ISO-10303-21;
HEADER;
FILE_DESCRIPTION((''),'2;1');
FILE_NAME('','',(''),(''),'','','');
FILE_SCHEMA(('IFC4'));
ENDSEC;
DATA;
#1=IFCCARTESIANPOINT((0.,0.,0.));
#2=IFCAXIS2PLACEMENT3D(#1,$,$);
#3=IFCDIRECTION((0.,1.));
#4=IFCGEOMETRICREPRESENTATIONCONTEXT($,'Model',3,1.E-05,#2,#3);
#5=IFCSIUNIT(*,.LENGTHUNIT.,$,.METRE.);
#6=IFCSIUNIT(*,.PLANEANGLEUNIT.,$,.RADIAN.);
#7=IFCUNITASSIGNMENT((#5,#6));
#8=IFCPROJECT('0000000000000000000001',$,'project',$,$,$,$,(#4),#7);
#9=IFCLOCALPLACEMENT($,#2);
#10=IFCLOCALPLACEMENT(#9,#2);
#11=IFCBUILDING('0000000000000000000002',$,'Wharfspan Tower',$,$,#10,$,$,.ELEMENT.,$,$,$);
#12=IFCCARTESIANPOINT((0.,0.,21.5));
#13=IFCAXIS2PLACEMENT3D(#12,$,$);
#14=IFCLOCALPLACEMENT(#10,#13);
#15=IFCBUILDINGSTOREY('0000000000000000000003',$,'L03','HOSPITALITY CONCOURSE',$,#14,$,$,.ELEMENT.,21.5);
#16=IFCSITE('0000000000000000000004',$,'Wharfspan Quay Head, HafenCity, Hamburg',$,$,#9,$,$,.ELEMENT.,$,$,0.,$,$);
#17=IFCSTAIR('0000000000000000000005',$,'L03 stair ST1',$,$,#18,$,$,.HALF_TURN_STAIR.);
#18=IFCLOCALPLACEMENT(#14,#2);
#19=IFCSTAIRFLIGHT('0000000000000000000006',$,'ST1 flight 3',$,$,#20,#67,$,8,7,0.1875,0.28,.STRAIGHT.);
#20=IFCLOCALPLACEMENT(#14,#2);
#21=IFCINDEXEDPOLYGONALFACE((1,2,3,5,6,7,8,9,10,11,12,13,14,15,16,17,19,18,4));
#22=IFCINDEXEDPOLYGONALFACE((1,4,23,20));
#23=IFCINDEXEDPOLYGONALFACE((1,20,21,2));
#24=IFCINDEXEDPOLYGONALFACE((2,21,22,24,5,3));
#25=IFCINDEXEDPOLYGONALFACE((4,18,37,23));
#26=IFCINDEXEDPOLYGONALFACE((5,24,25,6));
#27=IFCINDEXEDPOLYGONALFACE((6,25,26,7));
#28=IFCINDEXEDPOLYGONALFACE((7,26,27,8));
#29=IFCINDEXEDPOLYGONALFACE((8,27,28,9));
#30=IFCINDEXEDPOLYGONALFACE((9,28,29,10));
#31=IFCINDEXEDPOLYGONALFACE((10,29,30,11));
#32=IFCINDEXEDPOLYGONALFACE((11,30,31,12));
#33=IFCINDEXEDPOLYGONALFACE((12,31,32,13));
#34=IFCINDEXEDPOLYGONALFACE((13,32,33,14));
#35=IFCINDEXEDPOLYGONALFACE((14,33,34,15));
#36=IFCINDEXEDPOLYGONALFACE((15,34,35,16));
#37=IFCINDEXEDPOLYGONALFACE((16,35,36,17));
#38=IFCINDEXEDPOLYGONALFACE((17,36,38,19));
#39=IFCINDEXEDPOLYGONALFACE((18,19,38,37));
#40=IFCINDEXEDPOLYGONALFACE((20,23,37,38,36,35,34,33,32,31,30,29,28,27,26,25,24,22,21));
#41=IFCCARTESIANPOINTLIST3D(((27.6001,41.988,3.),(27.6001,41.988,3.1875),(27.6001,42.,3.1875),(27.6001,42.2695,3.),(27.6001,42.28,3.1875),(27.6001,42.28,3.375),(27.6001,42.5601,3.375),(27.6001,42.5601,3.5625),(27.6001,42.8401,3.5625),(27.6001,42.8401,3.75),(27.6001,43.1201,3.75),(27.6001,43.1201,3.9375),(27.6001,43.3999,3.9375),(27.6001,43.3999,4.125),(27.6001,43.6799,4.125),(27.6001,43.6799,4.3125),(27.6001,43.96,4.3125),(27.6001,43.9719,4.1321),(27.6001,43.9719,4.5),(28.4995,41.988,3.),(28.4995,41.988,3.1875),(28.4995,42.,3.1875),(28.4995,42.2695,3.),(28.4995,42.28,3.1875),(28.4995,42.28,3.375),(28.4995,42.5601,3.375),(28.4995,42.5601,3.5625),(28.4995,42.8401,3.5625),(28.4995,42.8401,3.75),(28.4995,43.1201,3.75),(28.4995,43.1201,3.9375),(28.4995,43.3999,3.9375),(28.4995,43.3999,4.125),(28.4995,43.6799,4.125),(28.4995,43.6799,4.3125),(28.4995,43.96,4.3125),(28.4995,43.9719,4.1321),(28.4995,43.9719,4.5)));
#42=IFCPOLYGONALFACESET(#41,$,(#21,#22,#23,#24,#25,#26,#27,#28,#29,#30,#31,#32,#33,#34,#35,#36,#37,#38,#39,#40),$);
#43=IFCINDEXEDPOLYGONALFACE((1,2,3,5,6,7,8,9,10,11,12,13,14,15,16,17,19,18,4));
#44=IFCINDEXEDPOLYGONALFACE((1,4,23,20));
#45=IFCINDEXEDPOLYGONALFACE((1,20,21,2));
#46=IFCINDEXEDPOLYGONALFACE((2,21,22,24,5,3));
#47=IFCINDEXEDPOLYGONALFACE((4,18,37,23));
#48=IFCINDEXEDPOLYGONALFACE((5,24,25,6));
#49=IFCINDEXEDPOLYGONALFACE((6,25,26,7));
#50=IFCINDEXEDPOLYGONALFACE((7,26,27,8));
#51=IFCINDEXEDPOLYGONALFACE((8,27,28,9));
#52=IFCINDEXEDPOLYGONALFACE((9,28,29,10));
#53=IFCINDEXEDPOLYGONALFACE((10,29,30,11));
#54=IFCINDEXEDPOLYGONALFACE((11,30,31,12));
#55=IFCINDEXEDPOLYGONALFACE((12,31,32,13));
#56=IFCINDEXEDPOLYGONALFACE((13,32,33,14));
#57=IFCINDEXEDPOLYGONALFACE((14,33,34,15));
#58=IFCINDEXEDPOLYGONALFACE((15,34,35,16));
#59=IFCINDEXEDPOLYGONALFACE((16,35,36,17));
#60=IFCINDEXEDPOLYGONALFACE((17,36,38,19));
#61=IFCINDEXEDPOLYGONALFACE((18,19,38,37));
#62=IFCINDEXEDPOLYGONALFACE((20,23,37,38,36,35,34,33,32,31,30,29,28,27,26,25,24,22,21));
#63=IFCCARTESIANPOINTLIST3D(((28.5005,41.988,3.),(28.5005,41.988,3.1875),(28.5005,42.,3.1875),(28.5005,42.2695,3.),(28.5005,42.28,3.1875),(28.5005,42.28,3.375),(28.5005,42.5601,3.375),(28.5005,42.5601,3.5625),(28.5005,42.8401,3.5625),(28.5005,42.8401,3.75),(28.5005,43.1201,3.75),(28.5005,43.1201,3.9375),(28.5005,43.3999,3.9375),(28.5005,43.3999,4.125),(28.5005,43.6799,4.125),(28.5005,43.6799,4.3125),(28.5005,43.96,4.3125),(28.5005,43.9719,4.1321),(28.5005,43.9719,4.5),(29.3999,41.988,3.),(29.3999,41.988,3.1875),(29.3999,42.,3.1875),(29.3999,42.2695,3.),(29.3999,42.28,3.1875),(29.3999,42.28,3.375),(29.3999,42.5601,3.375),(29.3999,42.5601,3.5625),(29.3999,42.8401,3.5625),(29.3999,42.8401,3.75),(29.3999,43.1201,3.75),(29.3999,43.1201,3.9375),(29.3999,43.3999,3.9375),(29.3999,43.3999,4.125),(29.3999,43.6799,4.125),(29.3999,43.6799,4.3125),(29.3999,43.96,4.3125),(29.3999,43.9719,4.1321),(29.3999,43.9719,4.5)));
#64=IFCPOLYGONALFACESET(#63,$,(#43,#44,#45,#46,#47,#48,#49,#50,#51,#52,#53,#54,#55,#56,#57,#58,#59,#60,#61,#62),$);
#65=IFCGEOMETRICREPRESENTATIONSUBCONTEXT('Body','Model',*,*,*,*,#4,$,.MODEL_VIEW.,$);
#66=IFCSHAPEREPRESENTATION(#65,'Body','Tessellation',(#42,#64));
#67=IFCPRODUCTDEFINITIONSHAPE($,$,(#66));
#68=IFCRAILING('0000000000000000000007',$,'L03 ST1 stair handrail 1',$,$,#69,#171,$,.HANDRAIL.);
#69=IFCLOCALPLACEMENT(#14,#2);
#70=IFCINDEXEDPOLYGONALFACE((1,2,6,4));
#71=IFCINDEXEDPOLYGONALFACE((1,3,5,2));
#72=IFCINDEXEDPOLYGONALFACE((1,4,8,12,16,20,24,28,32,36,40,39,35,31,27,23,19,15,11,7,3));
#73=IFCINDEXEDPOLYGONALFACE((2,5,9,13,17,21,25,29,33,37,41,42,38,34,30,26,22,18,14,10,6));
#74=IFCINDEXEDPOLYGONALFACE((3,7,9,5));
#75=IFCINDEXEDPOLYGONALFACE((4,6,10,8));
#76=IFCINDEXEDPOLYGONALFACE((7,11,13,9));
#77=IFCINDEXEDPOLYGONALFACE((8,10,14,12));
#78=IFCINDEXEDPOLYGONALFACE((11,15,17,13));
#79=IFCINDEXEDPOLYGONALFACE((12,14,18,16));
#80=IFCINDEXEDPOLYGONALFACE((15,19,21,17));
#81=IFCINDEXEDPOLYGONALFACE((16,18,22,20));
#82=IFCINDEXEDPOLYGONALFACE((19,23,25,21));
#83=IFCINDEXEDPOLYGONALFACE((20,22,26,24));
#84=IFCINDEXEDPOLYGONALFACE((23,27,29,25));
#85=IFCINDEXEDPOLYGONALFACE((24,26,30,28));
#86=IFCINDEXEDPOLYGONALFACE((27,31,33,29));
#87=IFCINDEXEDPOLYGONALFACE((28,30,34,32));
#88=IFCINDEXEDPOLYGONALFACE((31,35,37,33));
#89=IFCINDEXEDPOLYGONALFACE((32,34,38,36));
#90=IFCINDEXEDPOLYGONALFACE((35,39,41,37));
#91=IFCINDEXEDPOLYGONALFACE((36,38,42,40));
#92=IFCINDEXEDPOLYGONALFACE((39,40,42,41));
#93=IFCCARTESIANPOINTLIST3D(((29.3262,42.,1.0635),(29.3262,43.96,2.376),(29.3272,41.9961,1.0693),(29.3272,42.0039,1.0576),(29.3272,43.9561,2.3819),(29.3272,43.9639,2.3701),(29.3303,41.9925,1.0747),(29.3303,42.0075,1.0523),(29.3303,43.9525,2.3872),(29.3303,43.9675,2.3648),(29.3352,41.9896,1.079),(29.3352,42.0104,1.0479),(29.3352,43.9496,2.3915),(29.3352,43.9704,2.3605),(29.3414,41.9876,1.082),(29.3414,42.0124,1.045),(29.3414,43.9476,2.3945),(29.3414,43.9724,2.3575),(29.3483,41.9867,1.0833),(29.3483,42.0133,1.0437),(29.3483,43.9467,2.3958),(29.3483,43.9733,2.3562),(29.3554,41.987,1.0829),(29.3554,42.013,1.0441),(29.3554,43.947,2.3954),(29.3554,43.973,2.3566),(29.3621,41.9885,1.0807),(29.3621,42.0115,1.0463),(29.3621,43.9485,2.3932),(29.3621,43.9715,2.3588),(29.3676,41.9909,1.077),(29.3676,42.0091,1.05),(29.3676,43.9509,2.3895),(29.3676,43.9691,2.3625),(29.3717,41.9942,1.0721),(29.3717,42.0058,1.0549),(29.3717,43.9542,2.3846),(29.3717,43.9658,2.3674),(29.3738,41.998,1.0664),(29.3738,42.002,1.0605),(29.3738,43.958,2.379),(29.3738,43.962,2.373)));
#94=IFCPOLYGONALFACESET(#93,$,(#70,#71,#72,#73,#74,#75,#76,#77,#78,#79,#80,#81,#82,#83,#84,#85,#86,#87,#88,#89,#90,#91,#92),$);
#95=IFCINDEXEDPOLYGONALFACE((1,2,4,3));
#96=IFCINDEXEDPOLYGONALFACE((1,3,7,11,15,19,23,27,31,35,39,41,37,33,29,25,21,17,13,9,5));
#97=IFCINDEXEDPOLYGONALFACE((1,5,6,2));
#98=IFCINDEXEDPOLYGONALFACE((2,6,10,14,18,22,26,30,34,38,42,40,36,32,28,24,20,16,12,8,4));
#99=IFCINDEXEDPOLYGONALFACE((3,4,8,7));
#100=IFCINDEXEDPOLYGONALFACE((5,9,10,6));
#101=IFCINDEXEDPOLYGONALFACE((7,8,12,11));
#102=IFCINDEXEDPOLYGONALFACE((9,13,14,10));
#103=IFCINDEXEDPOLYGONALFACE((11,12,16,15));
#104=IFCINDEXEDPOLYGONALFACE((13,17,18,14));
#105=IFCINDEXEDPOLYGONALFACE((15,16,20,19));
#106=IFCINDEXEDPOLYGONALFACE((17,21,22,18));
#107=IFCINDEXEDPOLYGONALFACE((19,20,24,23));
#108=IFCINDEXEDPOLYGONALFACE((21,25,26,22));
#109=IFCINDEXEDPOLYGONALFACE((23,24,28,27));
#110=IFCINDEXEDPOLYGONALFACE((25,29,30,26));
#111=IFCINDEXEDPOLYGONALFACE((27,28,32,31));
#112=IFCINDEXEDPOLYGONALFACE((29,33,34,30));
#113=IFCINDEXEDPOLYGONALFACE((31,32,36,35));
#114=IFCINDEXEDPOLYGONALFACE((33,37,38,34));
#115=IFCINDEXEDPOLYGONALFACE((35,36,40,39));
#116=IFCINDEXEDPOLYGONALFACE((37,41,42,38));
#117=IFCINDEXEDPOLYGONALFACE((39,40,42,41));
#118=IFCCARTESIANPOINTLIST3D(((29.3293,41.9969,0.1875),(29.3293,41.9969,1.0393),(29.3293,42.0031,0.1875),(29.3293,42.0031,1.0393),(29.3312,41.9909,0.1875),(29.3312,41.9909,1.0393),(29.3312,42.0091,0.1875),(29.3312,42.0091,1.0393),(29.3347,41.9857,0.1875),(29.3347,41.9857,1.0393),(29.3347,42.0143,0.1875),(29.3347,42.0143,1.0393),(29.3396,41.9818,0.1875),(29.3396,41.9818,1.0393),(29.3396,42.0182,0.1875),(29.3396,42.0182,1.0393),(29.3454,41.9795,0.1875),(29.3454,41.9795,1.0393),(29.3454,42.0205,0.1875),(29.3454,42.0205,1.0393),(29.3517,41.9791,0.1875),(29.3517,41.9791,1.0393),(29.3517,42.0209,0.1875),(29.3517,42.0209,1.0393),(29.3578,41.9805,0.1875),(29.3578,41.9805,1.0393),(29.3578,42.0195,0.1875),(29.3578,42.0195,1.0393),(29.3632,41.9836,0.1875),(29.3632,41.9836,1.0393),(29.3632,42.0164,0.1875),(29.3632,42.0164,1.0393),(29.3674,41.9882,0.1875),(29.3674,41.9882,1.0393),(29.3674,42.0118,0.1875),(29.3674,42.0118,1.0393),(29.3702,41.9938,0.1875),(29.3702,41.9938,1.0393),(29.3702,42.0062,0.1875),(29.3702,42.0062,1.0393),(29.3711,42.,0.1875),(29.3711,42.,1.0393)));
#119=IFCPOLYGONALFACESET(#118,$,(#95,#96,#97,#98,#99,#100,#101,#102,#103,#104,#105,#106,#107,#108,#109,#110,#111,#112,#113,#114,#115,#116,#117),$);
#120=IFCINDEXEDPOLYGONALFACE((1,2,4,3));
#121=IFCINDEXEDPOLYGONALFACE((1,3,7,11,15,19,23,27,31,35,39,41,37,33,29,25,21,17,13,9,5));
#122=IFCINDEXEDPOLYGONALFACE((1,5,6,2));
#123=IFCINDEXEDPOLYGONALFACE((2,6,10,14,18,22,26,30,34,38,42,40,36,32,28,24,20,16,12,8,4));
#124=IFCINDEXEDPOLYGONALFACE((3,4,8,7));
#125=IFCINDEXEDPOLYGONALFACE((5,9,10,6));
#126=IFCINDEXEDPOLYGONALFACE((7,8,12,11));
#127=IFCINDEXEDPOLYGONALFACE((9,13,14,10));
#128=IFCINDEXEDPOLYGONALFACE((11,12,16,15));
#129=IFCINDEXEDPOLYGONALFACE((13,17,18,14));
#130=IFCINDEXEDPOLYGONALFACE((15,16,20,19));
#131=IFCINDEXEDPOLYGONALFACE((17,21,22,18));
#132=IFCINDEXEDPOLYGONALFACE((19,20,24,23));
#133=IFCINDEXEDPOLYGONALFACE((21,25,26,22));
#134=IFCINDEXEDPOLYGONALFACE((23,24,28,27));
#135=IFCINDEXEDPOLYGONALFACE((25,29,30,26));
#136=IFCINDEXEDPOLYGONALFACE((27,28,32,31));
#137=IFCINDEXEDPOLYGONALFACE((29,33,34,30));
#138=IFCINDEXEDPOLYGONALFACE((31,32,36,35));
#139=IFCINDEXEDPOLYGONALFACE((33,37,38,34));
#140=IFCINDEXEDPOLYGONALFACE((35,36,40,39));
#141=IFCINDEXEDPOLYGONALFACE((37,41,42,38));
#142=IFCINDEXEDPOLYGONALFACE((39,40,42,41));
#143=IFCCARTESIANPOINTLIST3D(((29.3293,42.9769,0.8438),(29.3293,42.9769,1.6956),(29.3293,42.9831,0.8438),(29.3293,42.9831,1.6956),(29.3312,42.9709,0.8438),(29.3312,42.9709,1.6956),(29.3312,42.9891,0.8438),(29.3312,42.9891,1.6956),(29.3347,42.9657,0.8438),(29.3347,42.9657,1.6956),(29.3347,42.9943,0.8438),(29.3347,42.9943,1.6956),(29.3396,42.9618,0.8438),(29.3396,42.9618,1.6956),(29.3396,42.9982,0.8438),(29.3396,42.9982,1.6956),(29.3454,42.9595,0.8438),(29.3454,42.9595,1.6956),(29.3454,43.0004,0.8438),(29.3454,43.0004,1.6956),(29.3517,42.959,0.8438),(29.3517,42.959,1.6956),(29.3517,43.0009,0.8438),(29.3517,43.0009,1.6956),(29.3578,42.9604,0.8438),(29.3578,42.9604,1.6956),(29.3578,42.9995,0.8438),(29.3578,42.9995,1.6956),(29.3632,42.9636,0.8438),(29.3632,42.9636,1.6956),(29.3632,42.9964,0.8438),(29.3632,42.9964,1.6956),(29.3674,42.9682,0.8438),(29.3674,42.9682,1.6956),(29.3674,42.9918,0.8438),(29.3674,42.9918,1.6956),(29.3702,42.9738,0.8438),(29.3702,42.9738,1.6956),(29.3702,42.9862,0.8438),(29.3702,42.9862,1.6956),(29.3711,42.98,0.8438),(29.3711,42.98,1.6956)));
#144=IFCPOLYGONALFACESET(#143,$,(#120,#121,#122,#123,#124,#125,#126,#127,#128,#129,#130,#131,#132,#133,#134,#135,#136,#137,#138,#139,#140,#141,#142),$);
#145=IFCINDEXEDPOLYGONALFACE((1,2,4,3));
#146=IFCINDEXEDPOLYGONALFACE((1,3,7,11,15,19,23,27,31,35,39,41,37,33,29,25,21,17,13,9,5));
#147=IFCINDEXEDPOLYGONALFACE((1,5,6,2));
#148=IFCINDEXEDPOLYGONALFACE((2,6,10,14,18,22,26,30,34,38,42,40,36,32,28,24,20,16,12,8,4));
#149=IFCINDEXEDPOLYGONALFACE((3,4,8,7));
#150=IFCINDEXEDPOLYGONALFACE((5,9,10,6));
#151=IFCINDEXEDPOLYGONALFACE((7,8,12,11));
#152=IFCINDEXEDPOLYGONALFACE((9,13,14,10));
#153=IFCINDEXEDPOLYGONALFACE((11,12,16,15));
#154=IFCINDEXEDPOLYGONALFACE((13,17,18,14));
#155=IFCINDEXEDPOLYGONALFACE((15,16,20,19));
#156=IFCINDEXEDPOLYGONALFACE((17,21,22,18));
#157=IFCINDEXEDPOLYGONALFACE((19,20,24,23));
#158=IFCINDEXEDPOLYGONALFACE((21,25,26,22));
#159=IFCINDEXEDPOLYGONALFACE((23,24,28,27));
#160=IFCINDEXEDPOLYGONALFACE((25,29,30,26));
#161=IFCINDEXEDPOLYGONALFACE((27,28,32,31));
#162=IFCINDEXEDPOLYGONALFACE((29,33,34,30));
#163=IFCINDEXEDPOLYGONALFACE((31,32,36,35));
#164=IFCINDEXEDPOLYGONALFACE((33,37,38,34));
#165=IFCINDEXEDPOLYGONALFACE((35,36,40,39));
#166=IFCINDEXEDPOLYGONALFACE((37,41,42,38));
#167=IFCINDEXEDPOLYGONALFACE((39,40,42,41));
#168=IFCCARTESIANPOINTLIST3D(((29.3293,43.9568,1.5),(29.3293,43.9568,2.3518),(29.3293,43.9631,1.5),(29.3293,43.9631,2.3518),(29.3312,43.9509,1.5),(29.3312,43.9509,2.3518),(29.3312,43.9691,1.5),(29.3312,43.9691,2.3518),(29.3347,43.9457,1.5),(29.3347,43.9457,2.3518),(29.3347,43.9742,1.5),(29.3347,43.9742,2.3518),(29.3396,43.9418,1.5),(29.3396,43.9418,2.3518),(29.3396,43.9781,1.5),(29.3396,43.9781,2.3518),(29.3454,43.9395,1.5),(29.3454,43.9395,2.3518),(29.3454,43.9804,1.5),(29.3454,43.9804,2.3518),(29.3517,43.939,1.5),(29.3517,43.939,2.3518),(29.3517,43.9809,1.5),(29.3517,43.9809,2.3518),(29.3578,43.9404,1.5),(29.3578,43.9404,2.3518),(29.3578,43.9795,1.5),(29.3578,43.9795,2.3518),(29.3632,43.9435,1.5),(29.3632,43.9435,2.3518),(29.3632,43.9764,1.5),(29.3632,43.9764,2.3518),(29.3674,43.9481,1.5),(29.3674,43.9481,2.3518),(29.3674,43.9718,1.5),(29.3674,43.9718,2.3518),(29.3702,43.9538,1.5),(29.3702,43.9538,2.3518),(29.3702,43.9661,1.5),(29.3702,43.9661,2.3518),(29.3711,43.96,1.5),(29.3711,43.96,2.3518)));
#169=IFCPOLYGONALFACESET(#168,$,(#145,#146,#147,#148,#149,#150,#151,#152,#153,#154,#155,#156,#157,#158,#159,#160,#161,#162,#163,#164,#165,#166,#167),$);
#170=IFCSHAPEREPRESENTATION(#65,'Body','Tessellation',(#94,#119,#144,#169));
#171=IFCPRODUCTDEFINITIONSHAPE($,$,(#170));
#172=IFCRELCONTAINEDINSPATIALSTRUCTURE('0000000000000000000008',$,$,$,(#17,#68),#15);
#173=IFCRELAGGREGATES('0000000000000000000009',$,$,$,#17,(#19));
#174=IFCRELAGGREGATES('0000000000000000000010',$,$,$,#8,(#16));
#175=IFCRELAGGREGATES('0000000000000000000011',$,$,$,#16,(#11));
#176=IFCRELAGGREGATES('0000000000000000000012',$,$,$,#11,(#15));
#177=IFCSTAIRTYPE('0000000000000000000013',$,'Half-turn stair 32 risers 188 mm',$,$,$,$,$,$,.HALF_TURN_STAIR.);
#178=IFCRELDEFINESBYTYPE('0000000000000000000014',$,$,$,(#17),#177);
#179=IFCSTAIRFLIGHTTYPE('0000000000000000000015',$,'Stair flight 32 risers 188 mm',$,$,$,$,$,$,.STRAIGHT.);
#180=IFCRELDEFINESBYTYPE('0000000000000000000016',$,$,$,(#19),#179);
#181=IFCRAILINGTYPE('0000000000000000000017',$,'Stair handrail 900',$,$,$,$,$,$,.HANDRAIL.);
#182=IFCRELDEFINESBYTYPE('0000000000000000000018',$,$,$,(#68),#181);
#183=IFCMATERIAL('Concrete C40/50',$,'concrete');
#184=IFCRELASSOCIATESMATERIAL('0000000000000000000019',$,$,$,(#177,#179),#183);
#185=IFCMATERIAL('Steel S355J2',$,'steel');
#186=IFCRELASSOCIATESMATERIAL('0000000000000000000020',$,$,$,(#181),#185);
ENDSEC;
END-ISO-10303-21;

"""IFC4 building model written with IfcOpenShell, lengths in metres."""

from ifc_helpers import new_model, si_unit, direction, frame, origin, origin_2d, place, context, subcontext, project, spatial, polyline, circle, outline, extrude, material, type_object, element, aggregate, save


model = new_model("IFC4")

# Units and contexts
model_context = context("Model", 3, precision=1e-05, world=origin(), true_north=direction((0.0, 1.0)))
body_context = subcontext(model_context, "Body", "Model", "MODEL_VIEW")
ifc_project = project(units=[si_unit("LENGTHUNIT", "METRE"), si_unit("PLANEANGLEUNIT", "RADIAN")], contexts=[model_context])

# Site, building, storey
site_placement = place(None, origin())
site = spatial("IfcSite", under=ifc_project, at=site_placement, Name="Wharfspan Quay Head, HafenCity, Hamburg", CompositionType="ELEMENT", RefElevation=0.0)
building_placement = place(site_placement, origin())
building = spatial("IfcBuilding", under=site, at=building_placement, Name="Wharfspan Tower", CompositionType="ELEMENT")
storey_placement = place(building_placement, frame((0.0, 0.0, 21.5)))
storey = spatial("IfcBuildingStorey", under=building, at=storey_placement, Name="L03", Description="HOSPITALITY CONCOURSE", CompositionType="ELEMENT", Elevation=21.5)

# Shared definitions
ifc_material_1 = material(Name="Concrete C40/50", Category="concrete")

# Stair, stair flight
stair_type = type_object("IfcStairType", Name="Half-turn stair 32 risers 188 mm", PredefinedType="HALF_TURN_STAIR", material=ifc_material_1)
stair_placement = place(storey_placement, origin())
stair = element("IfcStair", 1, at=stair_placement, inside=storey, type_object=stair_type, Name="L03 stair ST1", PredefinedType="HALF_TURN_STAIR")
stair_flight_type = type_object("IfcStairFlightType", Name="Stair flight 32 risers 188 mm", PredefinedType="STRAIGHT", material=ifc_material_1)
stair_flight_1_placement = place(storey_placement, frame((28.5, 42.0, 3.0), z_axis=(0.0, 0.0, 1.0), x_axis=(0.0, 1.0, 0.0)))
stair_flight_1 = element("IfcStairFlight", 2, at=stair_flight_1_placement, type_object=stair_flight_type, Name="ST1 flight 3", NumberOfRisers=8, NumberOfTreads=7, PredefinedType="STRAIGHT", RiserHeight=0.1875, TreadLength=0.28, context=body_context, shape_type="SweptSolid", body=[
    extrude(outline(polyline([(-0.012, 0.0), (-0.012, 0.1875), (0.0, 0.1875), (0.28, 0.1875), (0.28, 0.375), (0.5601, 0.375), (0.5601, 0.5625), (0.8401, 0.5625), (0.8401, 0.75), (1.1201, 0.75), (1.1201, 0.9375), (1.3999, 0.9375), (1.3999, 1.125), (1.6799, 1.125), (1.6799, 1.3125), (1.96, 1.3125), (1.9719, 1.5), (1.9719, 1.1321), (0.2695, 0.0), (-0.012, 0.0)])), frame((0.0, 0.8999, 0.0), z_axis=(0.0, -1.0, 0.0), x_axis=(1.0, 0.0, 0.0)), (0.0, 0.0, 1.0), 0.8994),
    extrude(outline(polyline([(-0.012, 0.0), (-0.012, 0.1875), (0.0, 0.1875), (0.28, 0.1875), (0.28, 0.375), (0.5601, 0.375), (0.5601, 0.5625), (0.8401, 0.5625), (0.8401, 0.75), (1.1201, 0.75), (1.1201, 0.9375), (1.3999, 0.9375), (1.3999, 1.125), (1.6799, 1.125), (1.6799, 1.3125), (1.96, 1.3125), (1.9719, 1.5), (1.9719, 1.1321), (0.2695, 0.0), (-0.012, 0.0)])), frame((0.0, -0.0005, 0.0), z_axis=(0.0, -1.0, 0.0), x_axis=(1.0, 0.0, 0.0)), (0.0, 0.0, 1.0), 0.8994),
])
aggregate(stair, [stair_flight_1])

# Railing
ifc_material_2 = material(Name="Steel S355J2", Category="steel")
railing_type_1 = type_object("IfcRailingType", Name="Stair handrail 900", PredefinedType="HANDRAIL", material=ifc_material_2)
for number, where, name in (
    (3, (29.3501, 42.0, 0.1875), "L03 ST1 stair handrail 1"),
):
    element("IfcRailing", number, at=place(storey_placement, frame(where)), inside=storey, type_object=railing_type_1, Name=name, PredefinedType="HANDRAIL", context=body_context, shape_type="SweptSolid", body=[
        extrude(circle(Radius=0.0239, at=origin_2d()), frame((0.0, 0.0, 0.876), z_axis=(0.0, 0.830902, 0.556419), x_axis=(-1.0, 0.0, 0.0)), (0.0, 0.0, 1.0), 2.3589),
        extrude(circle(Radius=0.021, at=origin_2d()), origin(), (0.0, 0.0, 1.0), 0.8518),
        extrude(circle(Radius=0.021, at=origin_2d()), frame((0.0, 0.98, 0.6562)), (0.0, 0.0, 1.0), 0.8518),
        extrude(circle(Radius=0.021, at=origin_2d()), frame((0.0, 1.96, 1.3125)), (0.0, 0.0, 1.0), 0.8518),
    ])

save(model, "model.ifc")
